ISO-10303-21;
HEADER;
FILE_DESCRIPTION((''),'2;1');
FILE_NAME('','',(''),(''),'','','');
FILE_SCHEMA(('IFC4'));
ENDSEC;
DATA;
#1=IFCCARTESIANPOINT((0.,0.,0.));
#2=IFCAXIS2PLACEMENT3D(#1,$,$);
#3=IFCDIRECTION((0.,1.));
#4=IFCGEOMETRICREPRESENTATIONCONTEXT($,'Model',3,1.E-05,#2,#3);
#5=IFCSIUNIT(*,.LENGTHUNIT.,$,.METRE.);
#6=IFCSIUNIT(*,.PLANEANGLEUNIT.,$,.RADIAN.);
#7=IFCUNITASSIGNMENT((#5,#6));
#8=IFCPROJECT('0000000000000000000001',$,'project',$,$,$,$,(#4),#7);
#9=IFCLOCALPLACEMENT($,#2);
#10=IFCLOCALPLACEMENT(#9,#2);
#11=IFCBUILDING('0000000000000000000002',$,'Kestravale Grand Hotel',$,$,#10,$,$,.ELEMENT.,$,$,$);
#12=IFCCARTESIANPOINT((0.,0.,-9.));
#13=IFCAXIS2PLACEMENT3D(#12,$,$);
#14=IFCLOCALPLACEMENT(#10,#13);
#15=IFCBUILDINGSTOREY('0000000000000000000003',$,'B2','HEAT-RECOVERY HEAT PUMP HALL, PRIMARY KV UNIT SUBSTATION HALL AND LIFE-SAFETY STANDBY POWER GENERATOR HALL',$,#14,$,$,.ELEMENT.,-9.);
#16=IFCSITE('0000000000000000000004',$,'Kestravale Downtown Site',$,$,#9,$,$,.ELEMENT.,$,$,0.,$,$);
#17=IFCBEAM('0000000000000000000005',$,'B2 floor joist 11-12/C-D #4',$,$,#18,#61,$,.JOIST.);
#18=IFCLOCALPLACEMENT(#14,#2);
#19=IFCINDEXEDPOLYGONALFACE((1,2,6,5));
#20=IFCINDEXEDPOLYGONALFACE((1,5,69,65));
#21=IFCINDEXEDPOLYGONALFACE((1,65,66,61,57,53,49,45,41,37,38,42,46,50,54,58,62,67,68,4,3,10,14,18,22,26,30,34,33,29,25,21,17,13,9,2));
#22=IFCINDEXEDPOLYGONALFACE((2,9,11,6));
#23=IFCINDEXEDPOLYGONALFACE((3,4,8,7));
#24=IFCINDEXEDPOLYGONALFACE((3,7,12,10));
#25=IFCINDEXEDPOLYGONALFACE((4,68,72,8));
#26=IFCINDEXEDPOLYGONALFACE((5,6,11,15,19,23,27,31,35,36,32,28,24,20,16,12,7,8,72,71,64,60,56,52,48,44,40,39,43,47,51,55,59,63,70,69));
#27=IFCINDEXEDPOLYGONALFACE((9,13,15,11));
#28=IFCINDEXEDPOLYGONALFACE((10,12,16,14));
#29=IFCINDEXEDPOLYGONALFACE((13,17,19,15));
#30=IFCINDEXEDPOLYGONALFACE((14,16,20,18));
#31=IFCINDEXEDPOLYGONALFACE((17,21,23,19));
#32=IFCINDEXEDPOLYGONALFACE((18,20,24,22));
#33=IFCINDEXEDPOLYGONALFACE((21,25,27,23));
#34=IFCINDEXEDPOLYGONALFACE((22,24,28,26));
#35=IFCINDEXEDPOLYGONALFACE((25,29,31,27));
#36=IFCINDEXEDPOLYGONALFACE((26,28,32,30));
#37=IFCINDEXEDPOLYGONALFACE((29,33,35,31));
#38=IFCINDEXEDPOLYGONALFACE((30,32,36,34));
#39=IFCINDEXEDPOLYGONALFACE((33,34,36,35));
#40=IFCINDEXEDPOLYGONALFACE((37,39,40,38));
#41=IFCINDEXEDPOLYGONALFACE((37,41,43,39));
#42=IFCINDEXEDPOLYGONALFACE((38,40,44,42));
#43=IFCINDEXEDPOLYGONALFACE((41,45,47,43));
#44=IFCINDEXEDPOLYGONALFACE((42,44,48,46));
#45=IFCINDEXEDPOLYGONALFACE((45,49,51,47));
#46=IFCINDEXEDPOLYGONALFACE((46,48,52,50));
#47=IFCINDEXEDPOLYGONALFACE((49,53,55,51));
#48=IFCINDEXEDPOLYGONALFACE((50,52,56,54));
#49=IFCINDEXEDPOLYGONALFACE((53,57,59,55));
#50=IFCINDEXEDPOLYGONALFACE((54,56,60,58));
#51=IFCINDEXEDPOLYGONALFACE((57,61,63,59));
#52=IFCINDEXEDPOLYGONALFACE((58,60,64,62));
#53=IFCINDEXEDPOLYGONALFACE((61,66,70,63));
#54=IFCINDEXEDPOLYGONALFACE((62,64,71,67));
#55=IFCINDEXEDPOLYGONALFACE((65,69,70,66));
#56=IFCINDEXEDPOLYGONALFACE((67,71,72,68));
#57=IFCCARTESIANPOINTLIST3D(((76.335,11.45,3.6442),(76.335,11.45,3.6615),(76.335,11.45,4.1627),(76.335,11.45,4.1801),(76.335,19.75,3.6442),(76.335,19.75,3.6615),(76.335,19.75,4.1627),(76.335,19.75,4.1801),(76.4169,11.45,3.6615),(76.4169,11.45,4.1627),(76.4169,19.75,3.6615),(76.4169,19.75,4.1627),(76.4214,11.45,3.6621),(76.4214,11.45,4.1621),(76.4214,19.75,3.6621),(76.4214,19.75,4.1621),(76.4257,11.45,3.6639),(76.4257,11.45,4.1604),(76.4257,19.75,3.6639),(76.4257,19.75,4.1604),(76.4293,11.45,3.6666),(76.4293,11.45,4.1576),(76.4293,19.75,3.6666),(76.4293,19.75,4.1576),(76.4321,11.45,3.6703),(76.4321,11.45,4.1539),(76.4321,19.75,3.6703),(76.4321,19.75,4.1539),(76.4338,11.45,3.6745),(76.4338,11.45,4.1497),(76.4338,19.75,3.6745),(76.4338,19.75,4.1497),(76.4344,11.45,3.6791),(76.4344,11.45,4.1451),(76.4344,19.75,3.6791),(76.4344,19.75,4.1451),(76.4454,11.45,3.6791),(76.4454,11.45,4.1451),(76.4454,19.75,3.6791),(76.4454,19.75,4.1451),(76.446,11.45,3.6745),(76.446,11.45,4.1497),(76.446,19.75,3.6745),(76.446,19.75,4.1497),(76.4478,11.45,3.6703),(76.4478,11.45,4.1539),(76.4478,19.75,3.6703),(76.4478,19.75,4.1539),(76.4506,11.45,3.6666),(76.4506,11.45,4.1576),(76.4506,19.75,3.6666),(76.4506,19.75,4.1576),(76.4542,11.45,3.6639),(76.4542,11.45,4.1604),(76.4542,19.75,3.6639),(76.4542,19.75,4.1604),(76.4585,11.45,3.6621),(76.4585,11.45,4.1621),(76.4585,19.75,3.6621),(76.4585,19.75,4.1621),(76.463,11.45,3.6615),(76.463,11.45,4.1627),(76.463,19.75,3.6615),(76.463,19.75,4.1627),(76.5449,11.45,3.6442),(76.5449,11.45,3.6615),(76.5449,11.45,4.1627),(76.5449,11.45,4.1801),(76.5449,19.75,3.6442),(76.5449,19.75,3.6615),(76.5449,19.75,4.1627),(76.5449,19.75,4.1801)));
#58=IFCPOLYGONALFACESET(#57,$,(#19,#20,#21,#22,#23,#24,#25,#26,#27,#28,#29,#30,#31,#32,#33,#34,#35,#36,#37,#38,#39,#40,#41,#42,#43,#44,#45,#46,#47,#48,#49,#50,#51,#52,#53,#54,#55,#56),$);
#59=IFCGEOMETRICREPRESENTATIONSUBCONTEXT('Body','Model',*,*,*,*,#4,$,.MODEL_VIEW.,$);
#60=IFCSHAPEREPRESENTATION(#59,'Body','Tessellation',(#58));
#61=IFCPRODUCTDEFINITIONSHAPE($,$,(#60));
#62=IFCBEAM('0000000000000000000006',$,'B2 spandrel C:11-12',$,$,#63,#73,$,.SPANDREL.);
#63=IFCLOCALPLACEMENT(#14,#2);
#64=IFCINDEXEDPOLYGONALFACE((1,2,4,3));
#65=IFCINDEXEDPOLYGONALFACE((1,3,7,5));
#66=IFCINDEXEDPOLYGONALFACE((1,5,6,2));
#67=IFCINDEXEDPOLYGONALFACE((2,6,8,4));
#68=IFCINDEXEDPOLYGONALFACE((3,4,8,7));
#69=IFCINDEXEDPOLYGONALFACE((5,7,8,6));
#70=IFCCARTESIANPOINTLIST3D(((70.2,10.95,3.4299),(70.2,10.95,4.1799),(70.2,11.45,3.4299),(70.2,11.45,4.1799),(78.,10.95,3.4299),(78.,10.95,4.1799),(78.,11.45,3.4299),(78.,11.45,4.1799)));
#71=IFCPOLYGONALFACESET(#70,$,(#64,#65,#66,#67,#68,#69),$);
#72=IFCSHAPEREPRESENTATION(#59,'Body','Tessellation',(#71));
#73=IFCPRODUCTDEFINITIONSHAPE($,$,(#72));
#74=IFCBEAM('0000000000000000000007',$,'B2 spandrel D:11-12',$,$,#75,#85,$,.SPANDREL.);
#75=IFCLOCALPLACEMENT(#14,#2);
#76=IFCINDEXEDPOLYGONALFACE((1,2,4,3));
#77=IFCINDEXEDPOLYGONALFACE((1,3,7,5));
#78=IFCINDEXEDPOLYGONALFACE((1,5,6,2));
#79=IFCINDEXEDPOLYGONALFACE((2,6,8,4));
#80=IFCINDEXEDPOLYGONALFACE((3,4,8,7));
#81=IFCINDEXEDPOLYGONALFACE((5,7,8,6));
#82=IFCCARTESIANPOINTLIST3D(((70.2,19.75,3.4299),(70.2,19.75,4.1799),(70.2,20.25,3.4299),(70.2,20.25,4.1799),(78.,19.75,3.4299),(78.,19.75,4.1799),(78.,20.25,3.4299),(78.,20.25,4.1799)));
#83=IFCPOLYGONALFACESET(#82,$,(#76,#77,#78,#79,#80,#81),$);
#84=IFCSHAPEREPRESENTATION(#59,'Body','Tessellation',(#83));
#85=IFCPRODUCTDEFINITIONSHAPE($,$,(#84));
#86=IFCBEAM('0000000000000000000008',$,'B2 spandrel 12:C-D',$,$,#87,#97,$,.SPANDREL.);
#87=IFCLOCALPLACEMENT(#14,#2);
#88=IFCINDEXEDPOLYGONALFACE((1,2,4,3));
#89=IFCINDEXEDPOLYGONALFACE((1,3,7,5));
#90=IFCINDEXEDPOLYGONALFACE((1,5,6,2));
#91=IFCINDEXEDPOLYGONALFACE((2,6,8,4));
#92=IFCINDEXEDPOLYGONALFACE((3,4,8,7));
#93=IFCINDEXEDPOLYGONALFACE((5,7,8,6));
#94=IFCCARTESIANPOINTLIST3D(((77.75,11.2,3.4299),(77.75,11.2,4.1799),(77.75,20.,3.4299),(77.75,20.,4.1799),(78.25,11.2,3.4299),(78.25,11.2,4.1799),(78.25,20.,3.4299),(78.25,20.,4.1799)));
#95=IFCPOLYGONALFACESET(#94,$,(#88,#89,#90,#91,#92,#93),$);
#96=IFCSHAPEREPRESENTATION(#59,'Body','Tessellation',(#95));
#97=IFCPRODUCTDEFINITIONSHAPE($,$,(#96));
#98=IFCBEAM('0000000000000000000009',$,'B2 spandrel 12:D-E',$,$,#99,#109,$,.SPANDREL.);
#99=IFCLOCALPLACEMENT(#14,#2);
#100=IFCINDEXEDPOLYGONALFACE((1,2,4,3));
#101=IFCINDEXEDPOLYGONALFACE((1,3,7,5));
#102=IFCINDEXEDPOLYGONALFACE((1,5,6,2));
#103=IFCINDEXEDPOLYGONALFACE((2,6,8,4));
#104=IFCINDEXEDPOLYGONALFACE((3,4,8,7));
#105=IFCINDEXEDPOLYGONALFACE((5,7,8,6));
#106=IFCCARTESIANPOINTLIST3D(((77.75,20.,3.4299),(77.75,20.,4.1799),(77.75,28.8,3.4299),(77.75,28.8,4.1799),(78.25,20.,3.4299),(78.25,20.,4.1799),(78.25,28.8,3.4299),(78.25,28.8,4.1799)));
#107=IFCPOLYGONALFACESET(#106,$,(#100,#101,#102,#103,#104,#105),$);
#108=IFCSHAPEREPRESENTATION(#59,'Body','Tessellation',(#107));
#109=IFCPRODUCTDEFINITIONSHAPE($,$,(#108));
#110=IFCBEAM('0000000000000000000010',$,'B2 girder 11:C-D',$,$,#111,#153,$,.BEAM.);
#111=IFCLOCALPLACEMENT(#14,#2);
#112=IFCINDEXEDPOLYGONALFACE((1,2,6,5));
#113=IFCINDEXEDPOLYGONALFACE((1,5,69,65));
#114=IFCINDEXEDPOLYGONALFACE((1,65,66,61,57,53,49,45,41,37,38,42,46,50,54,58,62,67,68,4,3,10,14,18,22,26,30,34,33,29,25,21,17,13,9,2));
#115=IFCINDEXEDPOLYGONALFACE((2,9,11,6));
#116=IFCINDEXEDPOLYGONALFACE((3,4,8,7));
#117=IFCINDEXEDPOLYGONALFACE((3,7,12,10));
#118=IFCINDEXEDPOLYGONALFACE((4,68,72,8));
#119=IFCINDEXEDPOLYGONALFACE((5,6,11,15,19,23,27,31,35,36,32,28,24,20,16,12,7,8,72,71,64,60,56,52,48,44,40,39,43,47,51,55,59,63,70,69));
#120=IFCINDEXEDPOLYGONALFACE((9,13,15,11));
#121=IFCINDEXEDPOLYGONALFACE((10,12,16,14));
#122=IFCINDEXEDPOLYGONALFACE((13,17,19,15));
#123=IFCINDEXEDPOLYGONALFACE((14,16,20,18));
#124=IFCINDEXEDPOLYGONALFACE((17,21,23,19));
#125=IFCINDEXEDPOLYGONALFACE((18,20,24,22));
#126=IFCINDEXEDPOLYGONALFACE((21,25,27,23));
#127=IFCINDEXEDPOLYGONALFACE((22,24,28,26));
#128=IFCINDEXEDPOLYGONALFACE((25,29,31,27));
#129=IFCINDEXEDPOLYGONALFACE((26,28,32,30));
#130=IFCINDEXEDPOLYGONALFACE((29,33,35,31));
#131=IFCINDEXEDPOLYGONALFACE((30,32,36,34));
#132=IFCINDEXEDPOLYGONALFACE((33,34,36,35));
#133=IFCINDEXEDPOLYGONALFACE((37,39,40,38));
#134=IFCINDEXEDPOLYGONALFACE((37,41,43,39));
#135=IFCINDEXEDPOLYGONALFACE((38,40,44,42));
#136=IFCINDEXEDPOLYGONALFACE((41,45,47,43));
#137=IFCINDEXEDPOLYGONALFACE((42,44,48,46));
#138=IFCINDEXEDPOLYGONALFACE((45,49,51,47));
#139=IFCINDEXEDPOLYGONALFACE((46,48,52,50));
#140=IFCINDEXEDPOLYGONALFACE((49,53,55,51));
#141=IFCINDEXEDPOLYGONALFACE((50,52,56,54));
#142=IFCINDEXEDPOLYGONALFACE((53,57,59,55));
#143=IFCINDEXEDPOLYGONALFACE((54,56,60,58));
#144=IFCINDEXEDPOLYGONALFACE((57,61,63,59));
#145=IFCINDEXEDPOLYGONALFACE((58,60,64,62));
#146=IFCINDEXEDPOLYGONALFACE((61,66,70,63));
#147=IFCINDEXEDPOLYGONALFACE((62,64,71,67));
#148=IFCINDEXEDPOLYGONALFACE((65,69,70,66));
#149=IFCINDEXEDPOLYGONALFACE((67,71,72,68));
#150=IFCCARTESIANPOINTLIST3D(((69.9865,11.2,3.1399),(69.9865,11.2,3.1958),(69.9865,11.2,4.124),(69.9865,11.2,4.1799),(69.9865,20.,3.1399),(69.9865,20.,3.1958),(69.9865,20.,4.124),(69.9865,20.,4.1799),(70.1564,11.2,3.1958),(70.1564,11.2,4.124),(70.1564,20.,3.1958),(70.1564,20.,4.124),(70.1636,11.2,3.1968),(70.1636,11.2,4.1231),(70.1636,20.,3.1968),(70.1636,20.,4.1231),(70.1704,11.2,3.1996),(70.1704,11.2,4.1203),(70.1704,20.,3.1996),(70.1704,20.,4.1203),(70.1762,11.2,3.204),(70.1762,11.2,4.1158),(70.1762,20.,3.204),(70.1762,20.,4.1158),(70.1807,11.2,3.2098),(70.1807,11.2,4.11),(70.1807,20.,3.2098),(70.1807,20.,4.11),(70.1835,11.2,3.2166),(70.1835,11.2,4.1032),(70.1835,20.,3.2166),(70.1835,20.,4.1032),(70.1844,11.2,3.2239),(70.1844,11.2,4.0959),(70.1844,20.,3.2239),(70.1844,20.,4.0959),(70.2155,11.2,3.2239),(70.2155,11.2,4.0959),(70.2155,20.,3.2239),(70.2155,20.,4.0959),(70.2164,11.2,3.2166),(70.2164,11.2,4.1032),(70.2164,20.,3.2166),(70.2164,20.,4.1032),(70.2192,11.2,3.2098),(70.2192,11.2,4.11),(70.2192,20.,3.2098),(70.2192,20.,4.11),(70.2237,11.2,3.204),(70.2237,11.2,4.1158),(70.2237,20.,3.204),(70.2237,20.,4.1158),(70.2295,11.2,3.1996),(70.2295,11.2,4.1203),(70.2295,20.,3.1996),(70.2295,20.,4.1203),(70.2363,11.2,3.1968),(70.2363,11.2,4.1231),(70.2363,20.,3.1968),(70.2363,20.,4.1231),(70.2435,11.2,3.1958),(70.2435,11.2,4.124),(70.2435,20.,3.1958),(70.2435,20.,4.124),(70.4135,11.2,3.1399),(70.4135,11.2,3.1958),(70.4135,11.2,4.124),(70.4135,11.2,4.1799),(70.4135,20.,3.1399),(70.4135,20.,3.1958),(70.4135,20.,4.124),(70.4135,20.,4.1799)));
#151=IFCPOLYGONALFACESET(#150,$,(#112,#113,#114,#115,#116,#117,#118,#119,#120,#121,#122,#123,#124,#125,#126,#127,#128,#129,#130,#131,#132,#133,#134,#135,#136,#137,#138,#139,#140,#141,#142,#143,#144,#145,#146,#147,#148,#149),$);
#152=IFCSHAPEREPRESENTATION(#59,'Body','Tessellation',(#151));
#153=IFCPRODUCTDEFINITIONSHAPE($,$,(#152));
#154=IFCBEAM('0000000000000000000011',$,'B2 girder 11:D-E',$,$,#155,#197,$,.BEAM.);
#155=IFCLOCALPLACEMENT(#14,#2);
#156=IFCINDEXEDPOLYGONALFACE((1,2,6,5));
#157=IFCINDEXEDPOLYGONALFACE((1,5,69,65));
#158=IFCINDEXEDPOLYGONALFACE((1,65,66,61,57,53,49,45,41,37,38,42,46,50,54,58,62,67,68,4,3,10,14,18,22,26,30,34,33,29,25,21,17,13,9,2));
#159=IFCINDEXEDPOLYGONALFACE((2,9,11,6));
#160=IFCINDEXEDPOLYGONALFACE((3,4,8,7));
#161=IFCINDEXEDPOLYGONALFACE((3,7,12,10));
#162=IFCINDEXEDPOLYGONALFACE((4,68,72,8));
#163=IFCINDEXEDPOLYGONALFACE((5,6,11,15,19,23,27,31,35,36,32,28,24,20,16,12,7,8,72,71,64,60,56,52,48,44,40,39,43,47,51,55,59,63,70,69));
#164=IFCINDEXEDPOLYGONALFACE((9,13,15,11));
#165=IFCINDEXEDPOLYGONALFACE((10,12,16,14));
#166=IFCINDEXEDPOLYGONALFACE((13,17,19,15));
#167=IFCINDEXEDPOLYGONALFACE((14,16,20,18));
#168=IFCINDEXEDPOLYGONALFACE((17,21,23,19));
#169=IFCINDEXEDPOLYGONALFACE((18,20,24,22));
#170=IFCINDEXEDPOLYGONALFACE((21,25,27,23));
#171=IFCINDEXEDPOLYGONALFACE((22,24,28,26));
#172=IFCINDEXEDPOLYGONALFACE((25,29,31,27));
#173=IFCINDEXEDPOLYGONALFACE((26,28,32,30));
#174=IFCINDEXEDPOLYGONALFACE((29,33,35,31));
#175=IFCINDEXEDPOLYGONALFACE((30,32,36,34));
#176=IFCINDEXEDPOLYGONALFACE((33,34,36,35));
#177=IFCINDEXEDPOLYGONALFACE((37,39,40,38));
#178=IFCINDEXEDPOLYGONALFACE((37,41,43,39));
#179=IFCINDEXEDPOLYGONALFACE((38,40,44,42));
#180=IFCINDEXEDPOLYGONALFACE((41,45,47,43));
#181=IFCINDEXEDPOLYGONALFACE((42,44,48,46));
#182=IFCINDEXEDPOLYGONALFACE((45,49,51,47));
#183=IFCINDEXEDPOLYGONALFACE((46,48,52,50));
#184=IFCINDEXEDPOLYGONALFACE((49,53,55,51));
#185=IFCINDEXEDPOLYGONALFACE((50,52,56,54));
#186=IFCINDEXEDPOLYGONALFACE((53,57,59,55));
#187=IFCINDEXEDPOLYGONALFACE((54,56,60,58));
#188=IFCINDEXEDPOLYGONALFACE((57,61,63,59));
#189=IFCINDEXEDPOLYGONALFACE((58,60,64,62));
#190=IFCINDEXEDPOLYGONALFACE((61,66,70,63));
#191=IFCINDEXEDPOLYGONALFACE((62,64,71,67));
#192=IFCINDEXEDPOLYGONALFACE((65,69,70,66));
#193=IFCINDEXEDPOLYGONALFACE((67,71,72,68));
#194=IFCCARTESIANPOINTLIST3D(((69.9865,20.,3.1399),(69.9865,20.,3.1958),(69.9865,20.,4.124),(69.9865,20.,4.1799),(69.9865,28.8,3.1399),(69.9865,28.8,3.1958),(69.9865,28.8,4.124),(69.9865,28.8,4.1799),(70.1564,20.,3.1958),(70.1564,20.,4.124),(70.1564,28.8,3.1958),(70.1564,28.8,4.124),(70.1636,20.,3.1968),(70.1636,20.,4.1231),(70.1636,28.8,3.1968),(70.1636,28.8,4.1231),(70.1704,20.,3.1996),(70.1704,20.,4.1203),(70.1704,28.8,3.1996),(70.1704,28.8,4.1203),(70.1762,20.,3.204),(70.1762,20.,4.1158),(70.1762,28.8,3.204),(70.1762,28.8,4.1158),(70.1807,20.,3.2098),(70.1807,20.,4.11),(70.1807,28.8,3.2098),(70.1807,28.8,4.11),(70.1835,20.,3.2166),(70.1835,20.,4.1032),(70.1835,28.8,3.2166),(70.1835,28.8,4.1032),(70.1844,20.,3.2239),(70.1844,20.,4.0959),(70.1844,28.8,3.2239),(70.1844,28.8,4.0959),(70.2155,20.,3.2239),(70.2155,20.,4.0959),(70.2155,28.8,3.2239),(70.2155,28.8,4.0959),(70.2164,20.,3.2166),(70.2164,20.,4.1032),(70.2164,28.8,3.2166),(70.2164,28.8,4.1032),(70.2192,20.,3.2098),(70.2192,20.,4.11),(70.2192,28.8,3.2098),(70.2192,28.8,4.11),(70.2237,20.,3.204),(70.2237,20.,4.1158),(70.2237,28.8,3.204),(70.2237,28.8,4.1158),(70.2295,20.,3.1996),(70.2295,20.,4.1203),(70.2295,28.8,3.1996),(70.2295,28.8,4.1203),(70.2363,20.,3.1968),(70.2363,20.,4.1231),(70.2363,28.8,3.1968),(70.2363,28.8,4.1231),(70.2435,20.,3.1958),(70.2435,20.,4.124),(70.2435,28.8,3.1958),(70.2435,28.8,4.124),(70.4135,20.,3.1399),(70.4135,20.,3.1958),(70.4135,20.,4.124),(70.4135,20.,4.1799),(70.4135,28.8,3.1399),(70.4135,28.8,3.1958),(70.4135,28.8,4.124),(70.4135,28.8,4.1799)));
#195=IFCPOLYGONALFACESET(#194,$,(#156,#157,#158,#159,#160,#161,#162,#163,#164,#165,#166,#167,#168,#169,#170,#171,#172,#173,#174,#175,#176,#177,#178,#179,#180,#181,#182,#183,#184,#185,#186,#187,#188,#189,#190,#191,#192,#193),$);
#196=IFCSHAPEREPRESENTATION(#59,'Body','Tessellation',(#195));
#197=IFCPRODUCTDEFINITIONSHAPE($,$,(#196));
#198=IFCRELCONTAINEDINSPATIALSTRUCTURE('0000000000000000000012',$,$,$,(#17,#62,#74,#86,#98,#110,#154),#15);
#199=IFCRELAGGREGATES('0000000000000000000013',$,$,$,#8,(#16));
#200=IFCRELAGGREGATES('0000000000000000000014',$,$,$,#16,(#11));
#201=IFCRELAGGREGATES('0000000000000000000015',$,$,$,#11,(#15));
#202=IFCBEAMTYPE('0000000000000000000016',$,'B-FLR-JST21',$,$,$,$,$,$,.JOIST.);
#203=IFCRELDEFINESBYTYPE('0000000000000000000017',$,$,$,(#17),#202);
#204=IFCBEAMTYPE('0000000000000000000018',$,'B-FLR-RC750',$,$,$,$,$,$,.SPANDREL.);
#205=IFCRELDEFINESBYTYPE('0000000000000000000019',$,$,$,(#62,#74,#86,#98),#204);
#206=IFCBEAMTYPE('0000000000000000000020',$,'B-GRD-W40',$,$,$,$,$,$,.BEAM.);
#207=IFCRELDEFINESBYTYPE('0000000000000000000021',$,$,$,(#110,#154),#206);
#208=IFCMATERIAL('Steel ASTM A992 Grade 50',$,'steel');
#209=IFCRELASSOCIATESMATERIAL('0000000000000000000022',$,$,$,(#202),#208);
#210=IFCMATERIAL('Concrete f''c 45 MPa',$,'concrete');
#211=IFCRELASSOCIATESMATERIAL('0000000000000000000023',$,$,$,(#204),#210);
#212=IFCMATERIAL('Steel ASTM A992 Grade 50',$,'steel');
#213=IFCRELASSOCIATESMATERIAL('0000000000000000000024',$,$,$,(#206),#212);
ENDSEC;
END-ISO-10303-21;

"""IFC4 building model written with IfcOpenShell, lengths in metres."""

from ifc_helpers import new_model, si_unit, direction, frame, origin, origin_2d, place, context, subcontext, project, spatial, rectangle, i_section, extrude, material, material_profile, profile_set, type_object, element, save


model = new_model("IFC4")

# Units and contexts
model_context = context("Model", 3, precision=1e-05, world=origin(), true_north=direction((0.0, 1.0)))
body_context = subcontext(model_context, "Body", "Model", "MODEL_VIEW")
ifc_project = project(units=[si_unit("LENGTHUNIT", "METRE"), si_unit("PLANEANGLEUNIT", "RADIAN")], contexts=[model_context])

# Site, building, storey
site_placement = place(None, origin())
site = spatial("IfcSite", under=ifc_project, at=site_placement, Name="Kestravale Downtown Site", CompositionType="ELEMENT", RefElevation=0.0)
building_placement = place(site_placement, origin())
building = spatial("IfcBuilding", under=site, at=building_placement, Name="Kestravale Grand Hotel", CompositionType="ELEMENT")
storey_placement = place(building_placement, frame((0.0, 0.0, -9.0)))
storey = spatial("IfcBuildingStorey", under=building, at=storey_placement, Name="B2", Description="HEAT-RECOVERY HEAT PUMP HALL, PRIMARY KV UNIT SUBSTATION HALL AND LIFE-SAFETY STANDBY POWER GENERATOR HALL", CompositionType="ELEMENT", Elevation=-9.0)

# Beams
ifc_material_1 = material(Name="Steel ASTM A992 Grade 50", Category="steel")
ifc_material_profile_1 = material_profile(ifc_material_1, i_section(OverallWidth=0.21, OverallDepth=0.5359, WebThickness=0.011, FlangeThickness=0.0173, FilletRadius=0.0176, at=origin_2d()))
ifc_profile_set_1 = profile_set([ifc_material_profile_1], Name="Steel ASTM A992 Grade 50")
beam_type_1 = type_object("IfcBeamType", Name="B-FLR-JST21", PredefinedType="JOIST", material=ifc_profile_set_1)
for number, where, z_axis, x_axis, name in (
    (1, (76.4399, 11.45, 3.9121), (0.0, 1.0, 0.0), (-1.0, 0.0, 0.0), "B2 floor joist 11-12/C-D #4"),
):
    element("IfcBeam", number, at=place(storey_placement, frame(where, z_axis=z_axis, x_axis=x_axis)), inside=storey, type_object=beam_type_1, Name=name, PredefinedType="JOIST", context=body_context, shape_type="SweptSolid", body=[
        extrude(i_section(OverallWidth=0.21, OverallDepth=0.5359, WebThickness=0.011, FlangeThickness=0.0173, FilletRadius=0.0176, at=origin_2d()), origin(), (0.0, 0.0, 1.0), 8.3),
    ])
ifc_material_2 = material(Name="Concrete f'c 45 MPa", Category="concrete")
ifc_material_profile_2 = material_profile(ifc_material_2, rectangle(XDim=0.5, YDim=0.75, at=origin_2d()))
ifc_profile_set_2 = profile_set([ifc_material_profile_2], Name="Concrete f'c 45 MPa")
beam_type_2 = type_object("IfcBeamType", Name="B-FLR-RC750", PredefinedType="SPANDREL", material=ifc_profile_set_2)
for number, where, z_axis, x_axis, name in (
    (2, (70.2, 11.2, 3.8049), (1.0, 0.0, 0.0), (0.0, 1.0, 0.0), "B2 spandrel C:11-12"),
    (3, (70.2, 20.0, 3.8049), (1.0, 0.0, 0.0), (0.0, 1.0, 0.0), "B2 spandrel D:11-12"),
):
    element("IfcBeam", number, at=place(storey_placement, frame(where, z_axis=z_axis, x_axis=x_axis)), inside=storey, type_object=beam_type_2, Name=name, PredefinedType="SPANDREL", context=body_context, shape_type="SweptSolid", body=[
        extrude(rectangle(XDim=0.5, YDim=0.75, at=origin_2d()), origin(), (0.0, 0.0, 1.0), 7.8),
    ])
for number, where, z_axis, x_axis, name in (
    (4, (78.0, 11.2, 3.8049), (0.0, 1.0, 0.0), (-1.0, 0.0, 0.0), "B2 spandrel 12:C-D"),
    (5, (78.0, 20.0, 3.8049), (0.0, 1.0, 0.0), (-1.0, 0.0, 0.0), "B2 spandrel 12:D-E"),
):
    element("IfcBeam", number, at=place(storey_placement, frame(where, z_axis=z_axis, x_axis=x_axis)), inside=storey, type_object=beam_type_2, Name=name, PredefinedType="SPANDREL", context=body_context, shape_type="SweptSolid", body=[
        extrude(rectangle(XDim=0.5, YDim=0.75, at=origin_2d()), origin(), (0.0, 0.0, 1.0), 8.8),
    ])
ifc_material_3 = material(Name="Steel ASTM A992 Grade 50", Category="steel")
ifc_material_profile_3 = material_profile(ifc_material_3, i_section(OverallWidth=0.427, OverallDepth=1.04, WebThickness=0.031, FlangeThickness=0.0559, FilletRadius=0.0281, at=origin_2d()))
ifc_profile_set_3 = profile_set([ifc_material_profile_3], Name="Steel ASTM A992 Grade 50")
beam_type_3 = type_object("IfcBeamType", Name="B-GRD-W40", PredefinedType="BEAM", material=ifc_profile_set_3)
for number, where, z_axis, x_axis, name in (
    (6, (70.2, 11.2, 3.6599), (0.0, 1.0, 0.0), (-1.0, 0.0, 0.0), "B2 girder 11:C-D"),
    (7, (70.2, 20.0, 3.6599), (0.0, 1.0, 0.0), (-1.0, 0.0, 0.0), "B2 girder 11:D-E"),
):
    element("IfcBeam", number, at=place(storey_placement, frame(where, z_axis=z_axis, x_axis=x_axis)), inside=storey, type_object=beam_type_3, Name=name, PredefinedType="BEAM", context=body_context, shape_type="SweptSolid", body=[
        extrude(i_section(OverallWidth=0.427, OverallDepth=1.04, WebThickness=0.031, FlangeThickness=0.0559, FilletRadius=0.0281, at=origin_2d()), origin(), (0.0, 0.0, 1.0), 8.8),
    ])

save(model, "model.ifc")
